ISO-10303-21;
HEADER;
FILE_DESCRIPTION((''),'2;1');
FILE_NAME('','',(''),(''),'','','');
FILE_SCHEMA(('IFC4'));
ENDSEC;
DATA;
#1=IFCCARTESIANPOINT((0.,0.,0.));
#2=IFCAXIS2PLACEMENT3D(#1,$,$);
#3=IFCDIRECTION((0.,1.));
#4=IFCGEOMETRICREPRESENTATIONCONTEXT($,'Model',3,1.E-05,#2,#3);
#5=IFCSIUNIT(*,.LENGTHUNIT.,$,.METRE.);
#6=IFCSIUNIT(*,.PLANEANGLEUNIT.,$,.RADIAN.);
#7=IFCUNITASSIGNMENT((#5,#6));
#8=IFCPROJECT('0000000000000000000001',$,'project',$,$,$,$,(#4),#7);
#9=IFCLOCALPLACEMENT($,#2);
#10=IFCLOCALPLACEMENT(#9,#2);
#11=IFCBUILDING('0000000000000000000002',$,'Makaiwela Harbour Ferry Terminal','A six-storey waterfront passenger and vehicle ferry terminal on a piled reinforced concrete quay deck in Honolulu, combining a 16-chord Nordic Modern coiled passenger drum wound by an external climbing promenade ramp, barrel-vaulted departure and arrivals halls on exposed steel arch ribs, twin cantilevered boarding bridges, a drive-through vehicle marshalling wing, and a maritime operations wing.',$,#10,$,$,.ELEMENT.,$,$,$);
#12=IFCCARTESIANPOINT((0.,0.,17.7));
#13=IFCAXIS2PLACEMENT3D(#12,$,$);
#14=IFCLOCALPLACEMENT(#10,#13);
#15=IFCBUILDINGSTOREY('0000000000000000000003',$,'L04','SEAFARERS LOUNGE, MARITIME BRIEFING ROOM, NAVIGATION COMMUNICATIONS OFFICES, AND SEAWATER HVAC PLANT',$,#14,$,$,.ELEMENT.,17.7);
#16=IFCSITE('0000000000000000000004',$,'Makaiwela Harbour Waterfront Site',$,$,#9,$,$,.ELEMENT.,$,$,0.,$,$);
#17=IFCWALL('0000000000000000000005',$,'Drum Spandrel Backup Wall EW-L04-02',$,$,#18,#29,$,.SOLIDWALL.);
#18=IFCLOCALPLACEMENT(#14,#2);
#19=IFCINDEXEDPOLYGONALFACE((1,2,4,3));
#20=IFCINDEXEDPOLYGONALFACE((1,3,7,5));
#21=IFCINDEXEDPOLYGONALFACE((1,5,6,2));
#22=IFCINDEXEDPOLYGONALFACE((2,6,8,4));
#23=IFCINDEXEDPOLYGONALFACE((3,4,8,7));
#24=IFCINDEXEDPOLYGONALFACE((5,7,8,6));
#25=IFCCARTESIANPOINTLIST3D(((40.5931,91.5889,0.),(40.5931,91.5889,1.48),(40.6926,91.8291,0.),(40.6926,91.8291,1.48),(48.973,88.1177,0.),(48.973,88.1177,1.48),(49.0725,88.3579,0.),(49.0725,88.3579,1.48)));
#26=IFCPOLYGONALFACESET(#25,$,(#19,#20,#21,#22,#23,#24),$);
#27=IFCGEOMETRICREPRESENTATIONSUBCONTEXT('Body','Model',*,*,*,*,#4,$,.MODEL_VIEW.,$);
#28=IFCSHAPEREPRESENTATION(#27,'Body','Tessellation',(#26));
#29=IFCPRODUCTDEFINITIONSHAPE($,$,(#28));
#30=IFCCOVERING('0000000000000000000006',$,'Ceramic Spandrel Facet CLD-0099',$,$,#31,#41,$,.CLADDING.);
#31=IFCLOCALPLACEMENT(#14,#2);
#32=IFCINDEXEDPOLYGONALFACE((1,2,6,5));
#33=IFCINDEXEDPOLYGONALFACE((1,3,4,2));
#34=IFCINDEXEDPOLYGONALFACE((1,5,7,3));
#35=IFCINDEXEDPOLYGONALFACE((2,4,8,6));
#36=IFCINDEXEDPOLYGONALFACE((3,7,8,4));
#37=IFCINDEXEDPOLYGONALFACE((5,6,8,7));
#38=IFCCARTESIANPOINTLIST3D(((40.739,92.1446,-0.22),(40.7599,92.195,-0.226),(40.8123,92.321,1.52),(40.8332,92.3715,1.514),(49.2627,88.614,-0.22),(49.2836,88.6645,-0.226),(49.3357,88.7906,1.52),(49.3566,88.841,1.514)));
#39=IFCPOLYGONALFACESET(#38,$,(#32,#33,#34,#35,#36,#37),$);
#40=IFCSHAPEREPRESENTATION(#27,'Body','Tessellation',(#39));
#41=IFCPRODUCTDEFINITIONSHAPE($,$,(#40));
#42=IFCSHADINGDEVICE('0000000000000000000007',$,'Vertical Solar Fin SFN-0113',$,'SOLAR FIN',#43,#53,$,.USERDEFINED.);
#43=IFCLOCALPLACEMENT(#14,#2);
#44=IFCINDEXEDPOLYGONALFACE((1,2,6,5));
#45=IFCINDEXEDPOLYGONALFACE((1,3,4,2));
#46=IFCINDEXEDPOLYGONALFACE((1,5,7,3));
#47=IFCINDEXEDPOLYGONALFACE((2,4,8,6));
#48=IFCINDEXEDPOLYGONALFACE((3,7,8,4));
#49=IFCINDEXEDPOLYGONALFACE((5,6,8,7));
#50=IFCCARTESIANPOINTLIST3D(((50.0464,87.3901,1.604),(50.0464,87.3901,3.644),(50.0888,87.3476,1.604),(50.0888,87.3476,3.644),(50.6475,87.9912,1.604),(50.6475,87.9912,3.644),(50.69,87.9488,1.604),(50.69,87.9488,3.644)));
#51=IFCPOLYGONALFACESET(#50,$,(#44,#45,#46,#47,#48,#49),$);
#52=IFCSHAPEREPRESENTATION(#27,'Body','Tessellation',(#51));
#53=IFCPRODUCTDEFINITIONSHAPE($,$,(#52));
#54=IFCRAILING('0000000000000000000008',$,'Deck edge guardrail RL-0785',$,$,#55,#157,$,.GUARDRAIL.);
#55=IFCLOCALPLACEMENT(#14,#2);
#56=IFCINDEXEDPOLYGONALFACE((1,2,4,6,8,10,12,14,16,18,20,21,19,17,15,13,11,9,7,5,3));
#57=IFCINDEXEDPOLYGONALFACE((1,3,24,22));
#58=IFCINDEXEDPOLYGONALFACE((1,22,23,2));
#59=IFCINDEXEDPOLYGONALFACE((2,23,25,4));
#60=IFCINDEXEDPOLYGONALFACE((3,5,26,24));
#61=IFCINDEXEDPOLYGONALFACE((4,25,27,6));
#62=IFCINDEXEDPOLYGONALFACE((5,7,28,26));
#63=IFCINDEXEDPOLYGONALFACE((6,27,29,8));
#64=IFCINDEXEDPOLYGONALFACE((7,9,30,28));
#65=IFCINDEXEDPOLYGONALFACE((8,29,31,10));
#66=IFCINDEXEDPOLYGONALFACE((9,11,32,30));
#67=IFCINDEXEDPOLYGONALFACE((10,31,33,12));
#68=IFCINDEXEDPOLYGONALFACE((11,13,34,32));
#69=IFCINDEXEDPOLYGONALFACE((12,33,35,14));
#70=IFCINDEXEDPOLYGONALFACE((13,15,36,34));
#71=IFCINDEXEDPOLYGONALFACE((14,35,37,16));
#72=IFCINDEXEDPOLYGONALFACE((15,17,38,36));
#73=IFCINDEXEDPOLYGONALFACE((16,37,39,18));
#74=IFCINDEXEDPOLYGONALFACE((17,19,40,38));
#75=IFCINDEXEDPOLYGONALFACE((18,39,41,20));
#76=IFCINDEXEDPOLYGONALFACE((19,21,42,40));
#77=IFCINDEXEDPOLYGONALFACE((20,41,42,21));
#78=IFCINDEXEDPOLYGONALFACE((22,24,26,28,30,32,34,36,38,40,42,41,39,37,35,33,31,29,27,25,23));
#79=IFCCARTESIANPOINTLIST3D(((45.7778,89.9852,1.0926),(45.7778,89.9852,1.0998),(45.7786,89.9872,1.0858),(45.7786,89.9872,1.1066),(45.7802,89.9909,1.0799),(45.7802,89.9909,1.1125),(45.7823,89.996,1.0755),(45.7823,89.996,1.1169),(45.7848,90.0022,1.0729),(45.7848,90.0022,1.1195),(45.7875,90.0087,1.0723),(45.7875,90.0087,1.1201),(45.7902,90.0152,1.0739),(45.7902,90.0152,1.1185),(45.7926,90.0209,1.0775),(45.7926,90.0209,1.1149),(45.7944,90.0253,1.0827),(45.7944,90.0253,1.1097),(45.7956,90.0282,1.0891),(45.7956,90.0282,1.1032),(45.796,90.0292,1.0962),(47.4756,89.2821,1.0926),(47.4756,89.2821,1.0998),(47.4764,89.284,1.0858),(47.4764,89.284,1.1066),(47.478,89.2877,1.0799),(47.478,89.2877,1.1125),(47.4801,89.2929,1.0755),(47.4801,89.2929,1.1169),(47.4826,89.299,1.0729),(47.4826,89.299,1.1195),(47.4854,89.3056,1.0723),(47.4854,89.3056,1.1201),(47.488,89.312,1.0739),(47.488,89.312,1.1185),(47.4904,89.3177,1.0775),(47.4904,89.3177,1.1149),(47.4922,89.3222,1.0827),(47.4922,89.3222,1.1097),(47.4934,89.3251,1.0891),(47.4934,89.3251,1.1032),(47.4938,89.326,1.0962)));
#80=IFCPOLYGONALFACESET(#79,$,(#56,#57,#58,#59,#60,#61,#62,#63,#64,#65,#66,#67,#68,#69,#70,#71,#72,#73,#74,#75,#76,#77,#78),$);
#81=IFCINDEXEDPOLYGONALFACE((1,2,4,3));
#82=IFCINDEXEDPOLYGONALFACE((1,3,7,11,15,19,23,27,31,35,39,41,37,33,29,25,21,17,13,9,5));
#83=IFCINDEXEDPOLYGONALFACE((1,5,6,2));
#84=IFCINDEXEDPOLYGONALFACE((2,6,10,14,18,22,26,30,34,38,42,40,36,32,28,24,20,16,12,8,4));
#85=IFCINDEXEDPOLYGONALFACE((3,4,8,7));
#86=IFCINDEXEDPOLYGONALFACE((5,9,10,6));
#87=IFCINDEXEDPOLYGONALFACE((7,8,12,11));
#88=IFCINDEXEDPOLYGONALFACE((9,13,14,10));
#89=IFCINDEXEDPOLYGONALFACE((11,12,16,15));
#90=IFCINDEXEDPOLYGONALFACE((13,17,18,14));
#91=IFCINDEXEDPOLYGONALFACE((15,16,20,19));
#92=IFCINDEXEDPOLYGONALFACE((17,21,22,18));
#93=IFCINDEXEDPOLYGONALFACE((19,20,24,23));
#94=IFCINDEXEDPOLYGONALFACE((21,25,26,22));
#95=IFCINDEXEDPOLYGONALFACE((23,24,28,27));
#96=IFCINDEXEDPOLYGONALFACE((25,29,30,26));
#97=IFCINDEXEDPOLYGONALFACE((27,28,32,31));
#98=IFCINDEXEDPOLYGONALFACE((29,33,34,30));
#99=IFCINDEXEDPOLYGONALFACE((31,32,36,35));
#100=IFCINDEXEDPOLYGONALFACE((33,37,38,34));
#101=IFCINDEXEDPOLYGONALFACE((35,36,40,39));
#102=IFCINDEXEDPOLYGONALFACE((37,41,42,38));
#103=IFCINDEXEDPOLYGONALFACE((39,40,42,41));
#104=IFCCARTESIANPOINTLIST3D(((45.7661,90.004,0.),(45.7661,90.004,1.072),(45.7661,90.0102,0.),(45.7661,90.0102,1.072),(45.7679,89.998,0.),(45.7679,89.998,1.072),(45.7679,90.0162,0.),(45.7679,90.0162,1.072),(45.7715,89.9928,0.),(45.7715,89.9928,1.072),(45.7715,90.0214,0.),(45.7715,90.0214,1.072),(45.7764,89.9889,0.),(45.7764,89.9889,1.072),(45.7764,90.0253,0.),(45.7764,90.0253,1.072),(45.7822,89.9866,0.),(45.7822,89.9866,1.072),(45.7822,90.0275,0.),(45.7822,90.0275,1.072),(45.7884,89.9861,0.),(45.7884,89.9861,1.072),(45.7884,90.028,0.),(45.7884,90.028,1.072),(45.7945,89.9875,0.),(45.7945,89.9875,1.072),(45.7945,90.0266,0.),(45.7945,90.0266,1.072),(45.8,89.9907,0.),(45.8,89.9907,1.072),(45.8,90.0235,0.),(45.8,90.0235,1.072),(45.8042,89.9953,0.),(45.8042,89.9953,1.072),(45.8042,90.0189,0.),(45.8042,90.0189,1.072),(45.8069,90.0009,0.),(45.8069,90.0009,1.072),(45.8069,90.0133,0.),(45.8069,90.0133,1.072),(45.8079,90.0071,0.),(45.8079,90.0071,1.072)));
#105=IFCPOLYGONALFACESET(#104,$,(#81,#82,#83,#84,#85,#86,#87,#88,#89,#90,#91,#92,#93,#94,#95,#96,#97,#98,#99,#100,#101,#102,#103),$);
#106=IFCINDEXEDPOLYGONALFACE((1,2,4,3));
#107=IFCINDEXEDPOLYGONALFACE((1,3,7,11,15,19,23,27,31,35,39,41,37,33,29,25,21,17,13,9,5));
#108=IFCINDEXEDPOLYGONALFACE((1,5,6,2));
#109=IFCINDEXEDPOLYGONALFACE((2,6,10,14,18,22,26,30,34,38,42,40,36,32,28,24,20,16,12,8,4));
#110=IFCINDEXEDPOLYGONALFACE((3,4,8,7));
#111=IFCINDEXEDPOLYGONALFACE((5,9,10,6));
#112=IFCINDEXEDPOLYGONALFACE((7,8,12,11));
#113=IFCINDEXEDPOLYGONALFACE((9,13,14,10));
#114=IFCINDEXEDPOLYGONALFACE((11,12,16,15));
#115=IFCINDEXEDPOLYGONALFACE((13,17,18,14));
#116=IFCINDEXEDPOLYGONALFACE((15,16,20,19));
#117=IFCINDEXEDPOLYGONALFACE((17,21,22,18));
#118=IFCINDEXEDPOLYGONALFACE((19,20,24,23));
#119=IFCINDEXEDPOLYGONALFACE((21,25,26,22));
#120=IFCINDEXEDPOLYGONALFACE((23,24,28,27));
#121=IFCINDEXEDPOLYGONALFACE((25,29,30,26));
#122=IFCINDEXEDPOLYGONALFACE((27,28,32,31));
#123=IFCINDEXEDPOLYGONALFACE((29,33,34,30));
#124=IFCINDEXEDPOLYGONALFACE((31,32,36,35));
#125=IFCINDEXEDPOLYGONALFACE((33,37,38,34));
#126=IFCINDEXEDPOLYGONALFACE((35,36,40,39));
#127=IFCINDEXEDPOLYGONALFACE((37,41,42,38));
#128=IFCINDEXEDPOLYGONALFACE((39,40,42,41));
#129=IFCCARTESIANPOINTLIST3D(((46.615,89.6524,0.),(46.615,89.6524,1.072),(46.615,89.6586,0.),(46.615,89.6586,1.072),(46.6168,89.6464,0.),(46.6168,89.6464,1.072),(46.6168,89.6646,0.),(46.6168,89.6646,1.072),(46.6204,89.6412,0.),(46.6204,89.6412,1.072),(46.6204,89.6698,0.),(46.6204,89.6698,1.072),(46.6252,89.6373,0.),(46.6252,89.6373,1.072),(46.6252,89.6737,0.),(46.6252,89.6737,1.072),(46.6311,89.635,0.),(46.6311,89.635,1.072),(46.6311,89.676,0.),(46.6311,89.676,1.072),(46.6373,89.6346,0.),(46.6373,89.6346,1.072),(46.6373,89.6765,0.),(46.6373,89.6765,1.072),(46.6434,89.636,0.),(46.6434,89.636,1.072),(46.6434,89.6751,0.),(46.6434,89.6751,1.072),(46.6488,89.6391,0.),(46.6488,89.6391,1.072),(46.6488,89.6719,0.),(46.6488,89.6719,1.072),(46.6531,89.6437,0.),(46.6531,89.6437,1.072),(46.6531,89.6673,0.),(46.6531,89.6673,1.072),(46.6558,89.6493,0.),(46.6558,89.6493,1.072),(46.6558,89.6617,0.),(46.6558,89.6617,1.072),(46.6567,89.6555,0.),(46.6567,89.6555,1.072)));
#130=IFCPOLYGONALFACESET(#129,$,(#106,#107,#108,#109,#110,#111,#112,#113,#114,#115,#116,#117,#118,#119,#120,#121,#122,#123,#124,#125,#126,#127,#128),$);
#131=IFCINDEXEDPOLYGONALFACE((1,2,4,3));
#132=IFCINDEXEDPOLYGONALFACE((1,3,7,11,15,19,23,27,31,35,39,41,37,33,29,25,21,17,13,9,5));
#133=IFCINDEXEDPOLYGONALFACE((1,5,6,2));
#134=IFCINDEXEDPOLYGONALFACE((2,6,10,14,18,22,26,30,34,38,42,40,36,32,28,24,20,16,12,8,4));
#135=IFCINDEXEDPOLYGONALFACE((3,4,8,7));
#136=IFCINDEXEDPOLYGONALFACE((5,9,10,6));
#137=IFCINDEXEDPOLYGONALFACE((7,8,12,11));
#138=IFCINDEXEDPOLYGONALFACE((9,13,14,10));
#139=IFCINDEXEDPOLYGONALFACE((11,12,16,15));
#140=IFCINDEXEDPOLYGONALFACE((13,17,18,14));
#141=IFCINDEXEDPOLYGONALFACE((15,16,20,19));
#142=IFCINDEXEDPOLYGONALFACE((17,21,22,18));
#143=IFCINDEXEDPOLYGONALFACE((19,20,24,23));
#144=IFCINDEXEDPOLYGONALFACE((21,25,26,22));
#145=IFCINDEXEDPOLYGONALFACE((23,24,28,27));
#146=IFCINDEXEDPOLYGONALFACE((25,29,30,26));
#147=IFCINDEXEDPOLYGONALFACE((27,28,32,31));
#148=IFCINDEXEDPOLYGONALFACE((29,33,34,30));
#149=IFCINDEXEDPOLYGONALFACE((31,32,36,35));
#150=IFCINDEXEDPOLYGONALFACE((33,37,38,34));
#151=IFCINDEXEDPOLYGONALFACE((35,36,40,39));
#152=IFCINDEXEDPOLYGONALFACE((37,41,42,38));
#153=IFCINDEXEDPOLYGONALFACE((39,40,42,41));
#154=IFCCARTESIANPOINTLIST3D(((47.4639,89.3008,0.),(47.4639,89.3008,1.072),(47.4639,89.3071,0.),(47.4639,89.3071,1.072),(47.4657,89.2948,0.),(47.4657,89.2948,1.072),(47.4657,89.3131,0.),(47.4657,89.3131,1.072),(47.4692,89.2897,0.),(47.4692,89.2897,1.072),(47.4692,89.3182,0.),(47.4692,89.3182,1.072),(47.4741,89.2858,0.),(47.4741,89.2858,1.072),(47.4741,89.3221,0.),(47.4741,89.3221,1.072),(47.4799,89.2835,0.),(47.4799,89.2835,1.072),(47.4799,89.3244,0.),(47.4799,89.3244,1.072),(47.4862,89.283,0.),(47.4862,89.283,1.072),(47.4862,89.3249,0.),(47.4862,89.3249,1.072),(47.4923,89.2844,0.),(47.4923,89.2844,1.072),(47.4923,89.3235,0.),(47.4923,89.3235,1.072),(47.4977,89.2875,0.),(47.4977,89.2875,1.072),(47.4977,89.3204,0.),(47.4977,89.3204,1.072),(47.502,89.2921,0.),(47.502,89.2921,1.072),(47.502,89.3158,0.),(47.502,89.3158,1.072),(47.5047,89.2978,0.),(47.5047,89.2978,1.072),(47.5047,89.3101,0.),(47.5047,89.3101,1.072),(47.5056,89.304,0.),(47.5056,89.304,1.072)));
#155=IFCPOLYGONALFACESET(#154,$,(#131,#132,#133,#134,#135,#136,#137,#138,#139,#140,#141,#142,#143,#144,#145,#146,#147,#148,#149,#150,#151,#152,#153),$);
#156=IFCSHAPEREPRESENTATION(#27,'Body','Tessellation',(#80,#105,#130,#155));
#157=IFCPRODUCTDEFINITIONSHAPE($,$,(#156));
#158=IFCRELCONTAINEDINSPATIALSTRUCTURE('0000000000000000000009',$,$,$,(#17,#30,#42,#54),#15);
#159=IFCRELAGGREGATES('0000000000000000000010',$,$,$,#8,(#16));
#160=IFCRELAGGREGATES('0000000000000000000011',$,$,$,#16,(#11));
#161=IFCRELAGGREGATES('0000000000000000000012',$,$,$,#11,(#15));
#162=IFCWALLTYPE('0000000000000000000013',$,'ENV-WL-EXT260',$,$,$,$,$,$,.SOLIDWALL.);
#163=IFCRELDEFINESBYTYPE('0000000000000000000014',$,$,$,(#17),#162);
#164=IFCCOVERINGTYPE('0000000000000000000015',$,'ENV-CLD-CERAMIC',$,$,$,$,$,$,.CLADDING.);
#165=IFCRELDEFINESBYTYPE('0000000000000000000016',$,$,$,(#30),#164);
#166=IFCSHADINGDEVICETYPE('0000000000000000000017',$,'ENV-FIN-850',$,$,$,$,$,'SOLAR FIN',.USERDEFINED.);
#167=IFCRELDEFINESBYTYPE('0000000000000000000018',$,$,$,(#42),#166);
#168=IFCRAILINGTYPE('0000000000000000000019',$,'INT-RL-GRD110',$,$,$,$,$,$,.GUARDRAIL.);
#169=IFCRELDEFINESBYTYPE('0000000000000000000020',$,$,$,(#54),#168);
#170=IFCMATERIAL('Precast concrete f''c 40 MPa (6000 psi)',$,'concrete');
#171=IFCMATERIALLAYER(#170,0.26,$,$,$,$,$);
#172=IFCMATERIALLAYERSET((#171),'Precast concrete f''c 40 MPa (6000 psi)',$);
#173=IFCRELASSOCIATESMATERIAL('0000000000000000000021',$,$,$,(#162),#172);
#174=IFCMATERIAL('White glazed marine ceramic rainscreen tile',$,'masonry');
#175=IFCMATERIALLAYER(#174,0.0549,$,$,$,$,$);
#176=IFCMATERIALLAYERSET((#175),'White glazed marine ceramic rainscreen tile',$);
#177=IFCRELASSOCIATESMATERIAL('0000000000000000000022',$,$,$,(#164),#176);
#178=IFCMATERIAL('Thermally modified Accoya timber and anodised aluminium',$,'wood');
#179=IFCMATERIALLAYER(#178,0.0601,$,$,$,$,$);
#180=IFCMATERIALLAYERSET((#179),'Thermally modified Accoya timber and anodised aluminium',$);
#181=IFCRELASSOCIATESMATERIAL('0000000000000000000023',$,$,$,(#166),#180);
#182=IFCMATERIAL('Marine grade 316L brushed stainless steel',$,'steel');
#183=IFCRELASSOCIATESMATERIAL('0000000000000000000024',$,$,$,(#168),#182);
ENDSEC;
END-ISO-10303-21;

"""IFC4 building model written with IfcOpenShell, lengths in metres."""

from ifc_helpers import new_model, si_unit, direction, frame, frame_2d, origin, origin_2d, place, context, subcontext, project, spatial, polyline, rectangle, circle, outline, extrude, material, layer, layer_set, type_object, element, save


model = new_model("IFC4")

# Units and contexts
model_context = context("Model", 3, precision=1e-05, world=origin(), true_north=direction((0.0, 1.0)))
body_context = subcontext(model_context, "Body", "Model", "MODEL_VIEW")
ifc_project = project(units=[si_unit("LENGTHUNIT", "METRE"), si_unit("PLANEANGLEUNIT", "RADIAN")], contexts=[model_context])

# Site, building, storey
site_placement = place(None, origin())
site = spatial("IfcSite", under=ifc_project, at=site_placement, Name="Makaiwela Harbour Waterfront Site", CompositionType="ELEMENT", RefElevation=0.0)
building_placement = place(site_placement, origin())
building = spatial("IfcBuilding", under=site, at=building_placement, Name="Makaiwela Harbour Ferry Terminal", Description="A six-storey waterfront passenger and vehicle ferry terminal on a piled reinforced concrete quay deck in Honolulu, combining a 16-chord Nordic Modern coiled passenger drum wound by an external climbing promenade ramp, barrel-vaulted departure and arrivals halls on exposed steel arch ribs, twin cantilevered boarding bridges, a drive-through vehicle marshalling wing, and a maritime operations wing.", CompositionType="ELEMENT")
storey_placement = place(building_placement, frame((0.0, 0.0, 17.7)))
storey = spatial("IfcBuildingStorey", under=building, at=storey_placement, Name="L04", Description="SEAFARERS LOUNGE, MARITIME BRIEFING ROOM, NAVIGATION COMMUNICATIONS OFFICES, AND SEAWATER HVAC PLANT", CompositionType="ELEMENT", Elevation=17.7)

# Wall
ifc_material_1 = material(Name="Precast concrete f'c 40 MPa (6000 psi)", Category="concrete")
ifc_layer_1 = layer(ifc_material_1, 0.26)
ifc_layer_set_1 = layer_set([ifc_layer_1], Name="Precast concrete f'c 40 MPa (6000 psi)")
wall_type = type_object("IfcWallType", Name="ENV-WL-EXT260", PredefinedType="SOLIDWALL", material=ifc_layer_set_1)
wall_placement = place(storey_placement, frame((49.0227, 88.2378, 0.0), z_axis=(0.0, 0.0, 1.0), x_axis=(-0.923874, 0.382696, 0.0)))
element("IfcWall", 1, at=wall_placement, inside=storey, type_object=wall_type, Name="Drum Spandrel Backup Wall EW-L04-02", PredefinedType="SOLIDWALL", context=body_context, shape_type="SweptSolid", body=[
    extrude(rectangle(XDim=9.0703, YDim=0.26, at=frame_2d((4.5352, 0.0))), origin(), (0.0, 0.0, 1.0), 1.48),
])

# Covering
ifc_material_2 = material(Name="White glazed marine ceramic rainscreen tile", Category="masonry")
ifc_layer_2 = layer(ifc_material_2, 0.0549)
ifc_layer_set_2 = layer_set([ifc_layer_2], Name="White glazed marine ceramic rainscreen tile")
covering_type = type_object("IfcCoveringType", Name="ENV-CLD-CERAMIC", PredefinedType="CLADDING", material=ifc_layer_set_2)
covering_placement = place(storey_placement, frame((49.2627, 88.614, -0.22), z_axis=(-0.380392, -0.918362, 0.109149), x_axis=(-0.923882, 0.382678, -0.000001)))
element("IfcCovering", 2, at=covering_placement, inside=storey, type_object=covering_type, Name="Ceramic Spandrel Facet CLD-0099", PredefinedType="CLADDING", context=body_context, shape_type="SweptSolid", body=[
    extrude(outline(polyline([(0.0, 0.0), (9.2259, 0.0), (9.2258, -1.7505), (0.0001, -1.7504), (0.0, 0.0)])), origin(), (0.0, 0.0, -1.0), 0.0549),
])

# Shading device
ifc_material_3 = material(Name="Thermally modified Accoya timber and anodised aluminium", Category="wood")
ifc_layer_3 = layer(ifc_material_3, 0.0601)
ifc_layer_set_3 = layer_set([ifc_layer_3], Name="Thermally modified Accoya timber and anodised aluminium")
shading_device_type = type_object("IfcShadingDeviceType", Name="ENV-FIN-850", ElementType="SOLAR FIN", PredefinedType="USERDEFINED", material=ifc_layer_set_3)
shading_device_placement = place(storey_placement, frame((50.3682, 87.6694, 1.604), z_axis=(0.0, 0.0, 1.0), x_axis=(0.707107, 0.707107, 0.0)))
element("IfcShadingDevice", 3, at=shading_device_placement, inside=storey, type_object=shading_device_type, Name="Vertical Solar Fin SFN-0113", ObjectType="SOLAR FIN", PredefinedType="USERDEFINED", context=body_context, shape_type="SweptSolid", body=[
    extrude(rectangle(XDim=0.8501, YDim=0.0601, at=origin_2d()), origin(), (0.0, 0.0, 1.0), 2.04),
])

# Railing
ifc_material_4 = material(Name="Marine grade 316L brushed stainless steel", Category="steel")
railing_type = type_object("IfcRailingType", Name="INT-RL-GRD110", PredefinedType="GUARDRAIL", material=ifc_material_4)
railing_1_placement = place(storey_placement, frame((45.7869, 90.0071, 0.0)))
element("IfcRailing", 4, at=railing_1_placement, inside=storey, type_object=railing_type, Name="Deck edge guardrail RL-0785", PredefinedType="GUARDRAIL", context=body_context, shape_type="SweptSolid", body=[
    extrude(circle(Radius=0.0239, at=origin_2d()), frame((0.0, 0.0, 1.0962), z_axis=(0.9239, -0.382633, 0.0), x_axis=(0.382633, 0.9239, 0.0)), (0.0, 0.0, 1.0), 1.8376),
    extrude(circle(Radius=0.021, at=origin_2d()), origin(), (0.0, 0.0, 1.0), 1.072),
    extrude(circle(Radius=0.021, at=origin_2d()), frame((0.8489, -0.3516, 0.0)), (0.0, 0.0, 1.0), 1.072),
    extrude(circle(Radius=0.021, at=origin_2d()), frame((1.6978, -0.7031, 0.0)), (0.0, 0.0, 1.0), 1.072),
])

save(model, "model.ifc")
